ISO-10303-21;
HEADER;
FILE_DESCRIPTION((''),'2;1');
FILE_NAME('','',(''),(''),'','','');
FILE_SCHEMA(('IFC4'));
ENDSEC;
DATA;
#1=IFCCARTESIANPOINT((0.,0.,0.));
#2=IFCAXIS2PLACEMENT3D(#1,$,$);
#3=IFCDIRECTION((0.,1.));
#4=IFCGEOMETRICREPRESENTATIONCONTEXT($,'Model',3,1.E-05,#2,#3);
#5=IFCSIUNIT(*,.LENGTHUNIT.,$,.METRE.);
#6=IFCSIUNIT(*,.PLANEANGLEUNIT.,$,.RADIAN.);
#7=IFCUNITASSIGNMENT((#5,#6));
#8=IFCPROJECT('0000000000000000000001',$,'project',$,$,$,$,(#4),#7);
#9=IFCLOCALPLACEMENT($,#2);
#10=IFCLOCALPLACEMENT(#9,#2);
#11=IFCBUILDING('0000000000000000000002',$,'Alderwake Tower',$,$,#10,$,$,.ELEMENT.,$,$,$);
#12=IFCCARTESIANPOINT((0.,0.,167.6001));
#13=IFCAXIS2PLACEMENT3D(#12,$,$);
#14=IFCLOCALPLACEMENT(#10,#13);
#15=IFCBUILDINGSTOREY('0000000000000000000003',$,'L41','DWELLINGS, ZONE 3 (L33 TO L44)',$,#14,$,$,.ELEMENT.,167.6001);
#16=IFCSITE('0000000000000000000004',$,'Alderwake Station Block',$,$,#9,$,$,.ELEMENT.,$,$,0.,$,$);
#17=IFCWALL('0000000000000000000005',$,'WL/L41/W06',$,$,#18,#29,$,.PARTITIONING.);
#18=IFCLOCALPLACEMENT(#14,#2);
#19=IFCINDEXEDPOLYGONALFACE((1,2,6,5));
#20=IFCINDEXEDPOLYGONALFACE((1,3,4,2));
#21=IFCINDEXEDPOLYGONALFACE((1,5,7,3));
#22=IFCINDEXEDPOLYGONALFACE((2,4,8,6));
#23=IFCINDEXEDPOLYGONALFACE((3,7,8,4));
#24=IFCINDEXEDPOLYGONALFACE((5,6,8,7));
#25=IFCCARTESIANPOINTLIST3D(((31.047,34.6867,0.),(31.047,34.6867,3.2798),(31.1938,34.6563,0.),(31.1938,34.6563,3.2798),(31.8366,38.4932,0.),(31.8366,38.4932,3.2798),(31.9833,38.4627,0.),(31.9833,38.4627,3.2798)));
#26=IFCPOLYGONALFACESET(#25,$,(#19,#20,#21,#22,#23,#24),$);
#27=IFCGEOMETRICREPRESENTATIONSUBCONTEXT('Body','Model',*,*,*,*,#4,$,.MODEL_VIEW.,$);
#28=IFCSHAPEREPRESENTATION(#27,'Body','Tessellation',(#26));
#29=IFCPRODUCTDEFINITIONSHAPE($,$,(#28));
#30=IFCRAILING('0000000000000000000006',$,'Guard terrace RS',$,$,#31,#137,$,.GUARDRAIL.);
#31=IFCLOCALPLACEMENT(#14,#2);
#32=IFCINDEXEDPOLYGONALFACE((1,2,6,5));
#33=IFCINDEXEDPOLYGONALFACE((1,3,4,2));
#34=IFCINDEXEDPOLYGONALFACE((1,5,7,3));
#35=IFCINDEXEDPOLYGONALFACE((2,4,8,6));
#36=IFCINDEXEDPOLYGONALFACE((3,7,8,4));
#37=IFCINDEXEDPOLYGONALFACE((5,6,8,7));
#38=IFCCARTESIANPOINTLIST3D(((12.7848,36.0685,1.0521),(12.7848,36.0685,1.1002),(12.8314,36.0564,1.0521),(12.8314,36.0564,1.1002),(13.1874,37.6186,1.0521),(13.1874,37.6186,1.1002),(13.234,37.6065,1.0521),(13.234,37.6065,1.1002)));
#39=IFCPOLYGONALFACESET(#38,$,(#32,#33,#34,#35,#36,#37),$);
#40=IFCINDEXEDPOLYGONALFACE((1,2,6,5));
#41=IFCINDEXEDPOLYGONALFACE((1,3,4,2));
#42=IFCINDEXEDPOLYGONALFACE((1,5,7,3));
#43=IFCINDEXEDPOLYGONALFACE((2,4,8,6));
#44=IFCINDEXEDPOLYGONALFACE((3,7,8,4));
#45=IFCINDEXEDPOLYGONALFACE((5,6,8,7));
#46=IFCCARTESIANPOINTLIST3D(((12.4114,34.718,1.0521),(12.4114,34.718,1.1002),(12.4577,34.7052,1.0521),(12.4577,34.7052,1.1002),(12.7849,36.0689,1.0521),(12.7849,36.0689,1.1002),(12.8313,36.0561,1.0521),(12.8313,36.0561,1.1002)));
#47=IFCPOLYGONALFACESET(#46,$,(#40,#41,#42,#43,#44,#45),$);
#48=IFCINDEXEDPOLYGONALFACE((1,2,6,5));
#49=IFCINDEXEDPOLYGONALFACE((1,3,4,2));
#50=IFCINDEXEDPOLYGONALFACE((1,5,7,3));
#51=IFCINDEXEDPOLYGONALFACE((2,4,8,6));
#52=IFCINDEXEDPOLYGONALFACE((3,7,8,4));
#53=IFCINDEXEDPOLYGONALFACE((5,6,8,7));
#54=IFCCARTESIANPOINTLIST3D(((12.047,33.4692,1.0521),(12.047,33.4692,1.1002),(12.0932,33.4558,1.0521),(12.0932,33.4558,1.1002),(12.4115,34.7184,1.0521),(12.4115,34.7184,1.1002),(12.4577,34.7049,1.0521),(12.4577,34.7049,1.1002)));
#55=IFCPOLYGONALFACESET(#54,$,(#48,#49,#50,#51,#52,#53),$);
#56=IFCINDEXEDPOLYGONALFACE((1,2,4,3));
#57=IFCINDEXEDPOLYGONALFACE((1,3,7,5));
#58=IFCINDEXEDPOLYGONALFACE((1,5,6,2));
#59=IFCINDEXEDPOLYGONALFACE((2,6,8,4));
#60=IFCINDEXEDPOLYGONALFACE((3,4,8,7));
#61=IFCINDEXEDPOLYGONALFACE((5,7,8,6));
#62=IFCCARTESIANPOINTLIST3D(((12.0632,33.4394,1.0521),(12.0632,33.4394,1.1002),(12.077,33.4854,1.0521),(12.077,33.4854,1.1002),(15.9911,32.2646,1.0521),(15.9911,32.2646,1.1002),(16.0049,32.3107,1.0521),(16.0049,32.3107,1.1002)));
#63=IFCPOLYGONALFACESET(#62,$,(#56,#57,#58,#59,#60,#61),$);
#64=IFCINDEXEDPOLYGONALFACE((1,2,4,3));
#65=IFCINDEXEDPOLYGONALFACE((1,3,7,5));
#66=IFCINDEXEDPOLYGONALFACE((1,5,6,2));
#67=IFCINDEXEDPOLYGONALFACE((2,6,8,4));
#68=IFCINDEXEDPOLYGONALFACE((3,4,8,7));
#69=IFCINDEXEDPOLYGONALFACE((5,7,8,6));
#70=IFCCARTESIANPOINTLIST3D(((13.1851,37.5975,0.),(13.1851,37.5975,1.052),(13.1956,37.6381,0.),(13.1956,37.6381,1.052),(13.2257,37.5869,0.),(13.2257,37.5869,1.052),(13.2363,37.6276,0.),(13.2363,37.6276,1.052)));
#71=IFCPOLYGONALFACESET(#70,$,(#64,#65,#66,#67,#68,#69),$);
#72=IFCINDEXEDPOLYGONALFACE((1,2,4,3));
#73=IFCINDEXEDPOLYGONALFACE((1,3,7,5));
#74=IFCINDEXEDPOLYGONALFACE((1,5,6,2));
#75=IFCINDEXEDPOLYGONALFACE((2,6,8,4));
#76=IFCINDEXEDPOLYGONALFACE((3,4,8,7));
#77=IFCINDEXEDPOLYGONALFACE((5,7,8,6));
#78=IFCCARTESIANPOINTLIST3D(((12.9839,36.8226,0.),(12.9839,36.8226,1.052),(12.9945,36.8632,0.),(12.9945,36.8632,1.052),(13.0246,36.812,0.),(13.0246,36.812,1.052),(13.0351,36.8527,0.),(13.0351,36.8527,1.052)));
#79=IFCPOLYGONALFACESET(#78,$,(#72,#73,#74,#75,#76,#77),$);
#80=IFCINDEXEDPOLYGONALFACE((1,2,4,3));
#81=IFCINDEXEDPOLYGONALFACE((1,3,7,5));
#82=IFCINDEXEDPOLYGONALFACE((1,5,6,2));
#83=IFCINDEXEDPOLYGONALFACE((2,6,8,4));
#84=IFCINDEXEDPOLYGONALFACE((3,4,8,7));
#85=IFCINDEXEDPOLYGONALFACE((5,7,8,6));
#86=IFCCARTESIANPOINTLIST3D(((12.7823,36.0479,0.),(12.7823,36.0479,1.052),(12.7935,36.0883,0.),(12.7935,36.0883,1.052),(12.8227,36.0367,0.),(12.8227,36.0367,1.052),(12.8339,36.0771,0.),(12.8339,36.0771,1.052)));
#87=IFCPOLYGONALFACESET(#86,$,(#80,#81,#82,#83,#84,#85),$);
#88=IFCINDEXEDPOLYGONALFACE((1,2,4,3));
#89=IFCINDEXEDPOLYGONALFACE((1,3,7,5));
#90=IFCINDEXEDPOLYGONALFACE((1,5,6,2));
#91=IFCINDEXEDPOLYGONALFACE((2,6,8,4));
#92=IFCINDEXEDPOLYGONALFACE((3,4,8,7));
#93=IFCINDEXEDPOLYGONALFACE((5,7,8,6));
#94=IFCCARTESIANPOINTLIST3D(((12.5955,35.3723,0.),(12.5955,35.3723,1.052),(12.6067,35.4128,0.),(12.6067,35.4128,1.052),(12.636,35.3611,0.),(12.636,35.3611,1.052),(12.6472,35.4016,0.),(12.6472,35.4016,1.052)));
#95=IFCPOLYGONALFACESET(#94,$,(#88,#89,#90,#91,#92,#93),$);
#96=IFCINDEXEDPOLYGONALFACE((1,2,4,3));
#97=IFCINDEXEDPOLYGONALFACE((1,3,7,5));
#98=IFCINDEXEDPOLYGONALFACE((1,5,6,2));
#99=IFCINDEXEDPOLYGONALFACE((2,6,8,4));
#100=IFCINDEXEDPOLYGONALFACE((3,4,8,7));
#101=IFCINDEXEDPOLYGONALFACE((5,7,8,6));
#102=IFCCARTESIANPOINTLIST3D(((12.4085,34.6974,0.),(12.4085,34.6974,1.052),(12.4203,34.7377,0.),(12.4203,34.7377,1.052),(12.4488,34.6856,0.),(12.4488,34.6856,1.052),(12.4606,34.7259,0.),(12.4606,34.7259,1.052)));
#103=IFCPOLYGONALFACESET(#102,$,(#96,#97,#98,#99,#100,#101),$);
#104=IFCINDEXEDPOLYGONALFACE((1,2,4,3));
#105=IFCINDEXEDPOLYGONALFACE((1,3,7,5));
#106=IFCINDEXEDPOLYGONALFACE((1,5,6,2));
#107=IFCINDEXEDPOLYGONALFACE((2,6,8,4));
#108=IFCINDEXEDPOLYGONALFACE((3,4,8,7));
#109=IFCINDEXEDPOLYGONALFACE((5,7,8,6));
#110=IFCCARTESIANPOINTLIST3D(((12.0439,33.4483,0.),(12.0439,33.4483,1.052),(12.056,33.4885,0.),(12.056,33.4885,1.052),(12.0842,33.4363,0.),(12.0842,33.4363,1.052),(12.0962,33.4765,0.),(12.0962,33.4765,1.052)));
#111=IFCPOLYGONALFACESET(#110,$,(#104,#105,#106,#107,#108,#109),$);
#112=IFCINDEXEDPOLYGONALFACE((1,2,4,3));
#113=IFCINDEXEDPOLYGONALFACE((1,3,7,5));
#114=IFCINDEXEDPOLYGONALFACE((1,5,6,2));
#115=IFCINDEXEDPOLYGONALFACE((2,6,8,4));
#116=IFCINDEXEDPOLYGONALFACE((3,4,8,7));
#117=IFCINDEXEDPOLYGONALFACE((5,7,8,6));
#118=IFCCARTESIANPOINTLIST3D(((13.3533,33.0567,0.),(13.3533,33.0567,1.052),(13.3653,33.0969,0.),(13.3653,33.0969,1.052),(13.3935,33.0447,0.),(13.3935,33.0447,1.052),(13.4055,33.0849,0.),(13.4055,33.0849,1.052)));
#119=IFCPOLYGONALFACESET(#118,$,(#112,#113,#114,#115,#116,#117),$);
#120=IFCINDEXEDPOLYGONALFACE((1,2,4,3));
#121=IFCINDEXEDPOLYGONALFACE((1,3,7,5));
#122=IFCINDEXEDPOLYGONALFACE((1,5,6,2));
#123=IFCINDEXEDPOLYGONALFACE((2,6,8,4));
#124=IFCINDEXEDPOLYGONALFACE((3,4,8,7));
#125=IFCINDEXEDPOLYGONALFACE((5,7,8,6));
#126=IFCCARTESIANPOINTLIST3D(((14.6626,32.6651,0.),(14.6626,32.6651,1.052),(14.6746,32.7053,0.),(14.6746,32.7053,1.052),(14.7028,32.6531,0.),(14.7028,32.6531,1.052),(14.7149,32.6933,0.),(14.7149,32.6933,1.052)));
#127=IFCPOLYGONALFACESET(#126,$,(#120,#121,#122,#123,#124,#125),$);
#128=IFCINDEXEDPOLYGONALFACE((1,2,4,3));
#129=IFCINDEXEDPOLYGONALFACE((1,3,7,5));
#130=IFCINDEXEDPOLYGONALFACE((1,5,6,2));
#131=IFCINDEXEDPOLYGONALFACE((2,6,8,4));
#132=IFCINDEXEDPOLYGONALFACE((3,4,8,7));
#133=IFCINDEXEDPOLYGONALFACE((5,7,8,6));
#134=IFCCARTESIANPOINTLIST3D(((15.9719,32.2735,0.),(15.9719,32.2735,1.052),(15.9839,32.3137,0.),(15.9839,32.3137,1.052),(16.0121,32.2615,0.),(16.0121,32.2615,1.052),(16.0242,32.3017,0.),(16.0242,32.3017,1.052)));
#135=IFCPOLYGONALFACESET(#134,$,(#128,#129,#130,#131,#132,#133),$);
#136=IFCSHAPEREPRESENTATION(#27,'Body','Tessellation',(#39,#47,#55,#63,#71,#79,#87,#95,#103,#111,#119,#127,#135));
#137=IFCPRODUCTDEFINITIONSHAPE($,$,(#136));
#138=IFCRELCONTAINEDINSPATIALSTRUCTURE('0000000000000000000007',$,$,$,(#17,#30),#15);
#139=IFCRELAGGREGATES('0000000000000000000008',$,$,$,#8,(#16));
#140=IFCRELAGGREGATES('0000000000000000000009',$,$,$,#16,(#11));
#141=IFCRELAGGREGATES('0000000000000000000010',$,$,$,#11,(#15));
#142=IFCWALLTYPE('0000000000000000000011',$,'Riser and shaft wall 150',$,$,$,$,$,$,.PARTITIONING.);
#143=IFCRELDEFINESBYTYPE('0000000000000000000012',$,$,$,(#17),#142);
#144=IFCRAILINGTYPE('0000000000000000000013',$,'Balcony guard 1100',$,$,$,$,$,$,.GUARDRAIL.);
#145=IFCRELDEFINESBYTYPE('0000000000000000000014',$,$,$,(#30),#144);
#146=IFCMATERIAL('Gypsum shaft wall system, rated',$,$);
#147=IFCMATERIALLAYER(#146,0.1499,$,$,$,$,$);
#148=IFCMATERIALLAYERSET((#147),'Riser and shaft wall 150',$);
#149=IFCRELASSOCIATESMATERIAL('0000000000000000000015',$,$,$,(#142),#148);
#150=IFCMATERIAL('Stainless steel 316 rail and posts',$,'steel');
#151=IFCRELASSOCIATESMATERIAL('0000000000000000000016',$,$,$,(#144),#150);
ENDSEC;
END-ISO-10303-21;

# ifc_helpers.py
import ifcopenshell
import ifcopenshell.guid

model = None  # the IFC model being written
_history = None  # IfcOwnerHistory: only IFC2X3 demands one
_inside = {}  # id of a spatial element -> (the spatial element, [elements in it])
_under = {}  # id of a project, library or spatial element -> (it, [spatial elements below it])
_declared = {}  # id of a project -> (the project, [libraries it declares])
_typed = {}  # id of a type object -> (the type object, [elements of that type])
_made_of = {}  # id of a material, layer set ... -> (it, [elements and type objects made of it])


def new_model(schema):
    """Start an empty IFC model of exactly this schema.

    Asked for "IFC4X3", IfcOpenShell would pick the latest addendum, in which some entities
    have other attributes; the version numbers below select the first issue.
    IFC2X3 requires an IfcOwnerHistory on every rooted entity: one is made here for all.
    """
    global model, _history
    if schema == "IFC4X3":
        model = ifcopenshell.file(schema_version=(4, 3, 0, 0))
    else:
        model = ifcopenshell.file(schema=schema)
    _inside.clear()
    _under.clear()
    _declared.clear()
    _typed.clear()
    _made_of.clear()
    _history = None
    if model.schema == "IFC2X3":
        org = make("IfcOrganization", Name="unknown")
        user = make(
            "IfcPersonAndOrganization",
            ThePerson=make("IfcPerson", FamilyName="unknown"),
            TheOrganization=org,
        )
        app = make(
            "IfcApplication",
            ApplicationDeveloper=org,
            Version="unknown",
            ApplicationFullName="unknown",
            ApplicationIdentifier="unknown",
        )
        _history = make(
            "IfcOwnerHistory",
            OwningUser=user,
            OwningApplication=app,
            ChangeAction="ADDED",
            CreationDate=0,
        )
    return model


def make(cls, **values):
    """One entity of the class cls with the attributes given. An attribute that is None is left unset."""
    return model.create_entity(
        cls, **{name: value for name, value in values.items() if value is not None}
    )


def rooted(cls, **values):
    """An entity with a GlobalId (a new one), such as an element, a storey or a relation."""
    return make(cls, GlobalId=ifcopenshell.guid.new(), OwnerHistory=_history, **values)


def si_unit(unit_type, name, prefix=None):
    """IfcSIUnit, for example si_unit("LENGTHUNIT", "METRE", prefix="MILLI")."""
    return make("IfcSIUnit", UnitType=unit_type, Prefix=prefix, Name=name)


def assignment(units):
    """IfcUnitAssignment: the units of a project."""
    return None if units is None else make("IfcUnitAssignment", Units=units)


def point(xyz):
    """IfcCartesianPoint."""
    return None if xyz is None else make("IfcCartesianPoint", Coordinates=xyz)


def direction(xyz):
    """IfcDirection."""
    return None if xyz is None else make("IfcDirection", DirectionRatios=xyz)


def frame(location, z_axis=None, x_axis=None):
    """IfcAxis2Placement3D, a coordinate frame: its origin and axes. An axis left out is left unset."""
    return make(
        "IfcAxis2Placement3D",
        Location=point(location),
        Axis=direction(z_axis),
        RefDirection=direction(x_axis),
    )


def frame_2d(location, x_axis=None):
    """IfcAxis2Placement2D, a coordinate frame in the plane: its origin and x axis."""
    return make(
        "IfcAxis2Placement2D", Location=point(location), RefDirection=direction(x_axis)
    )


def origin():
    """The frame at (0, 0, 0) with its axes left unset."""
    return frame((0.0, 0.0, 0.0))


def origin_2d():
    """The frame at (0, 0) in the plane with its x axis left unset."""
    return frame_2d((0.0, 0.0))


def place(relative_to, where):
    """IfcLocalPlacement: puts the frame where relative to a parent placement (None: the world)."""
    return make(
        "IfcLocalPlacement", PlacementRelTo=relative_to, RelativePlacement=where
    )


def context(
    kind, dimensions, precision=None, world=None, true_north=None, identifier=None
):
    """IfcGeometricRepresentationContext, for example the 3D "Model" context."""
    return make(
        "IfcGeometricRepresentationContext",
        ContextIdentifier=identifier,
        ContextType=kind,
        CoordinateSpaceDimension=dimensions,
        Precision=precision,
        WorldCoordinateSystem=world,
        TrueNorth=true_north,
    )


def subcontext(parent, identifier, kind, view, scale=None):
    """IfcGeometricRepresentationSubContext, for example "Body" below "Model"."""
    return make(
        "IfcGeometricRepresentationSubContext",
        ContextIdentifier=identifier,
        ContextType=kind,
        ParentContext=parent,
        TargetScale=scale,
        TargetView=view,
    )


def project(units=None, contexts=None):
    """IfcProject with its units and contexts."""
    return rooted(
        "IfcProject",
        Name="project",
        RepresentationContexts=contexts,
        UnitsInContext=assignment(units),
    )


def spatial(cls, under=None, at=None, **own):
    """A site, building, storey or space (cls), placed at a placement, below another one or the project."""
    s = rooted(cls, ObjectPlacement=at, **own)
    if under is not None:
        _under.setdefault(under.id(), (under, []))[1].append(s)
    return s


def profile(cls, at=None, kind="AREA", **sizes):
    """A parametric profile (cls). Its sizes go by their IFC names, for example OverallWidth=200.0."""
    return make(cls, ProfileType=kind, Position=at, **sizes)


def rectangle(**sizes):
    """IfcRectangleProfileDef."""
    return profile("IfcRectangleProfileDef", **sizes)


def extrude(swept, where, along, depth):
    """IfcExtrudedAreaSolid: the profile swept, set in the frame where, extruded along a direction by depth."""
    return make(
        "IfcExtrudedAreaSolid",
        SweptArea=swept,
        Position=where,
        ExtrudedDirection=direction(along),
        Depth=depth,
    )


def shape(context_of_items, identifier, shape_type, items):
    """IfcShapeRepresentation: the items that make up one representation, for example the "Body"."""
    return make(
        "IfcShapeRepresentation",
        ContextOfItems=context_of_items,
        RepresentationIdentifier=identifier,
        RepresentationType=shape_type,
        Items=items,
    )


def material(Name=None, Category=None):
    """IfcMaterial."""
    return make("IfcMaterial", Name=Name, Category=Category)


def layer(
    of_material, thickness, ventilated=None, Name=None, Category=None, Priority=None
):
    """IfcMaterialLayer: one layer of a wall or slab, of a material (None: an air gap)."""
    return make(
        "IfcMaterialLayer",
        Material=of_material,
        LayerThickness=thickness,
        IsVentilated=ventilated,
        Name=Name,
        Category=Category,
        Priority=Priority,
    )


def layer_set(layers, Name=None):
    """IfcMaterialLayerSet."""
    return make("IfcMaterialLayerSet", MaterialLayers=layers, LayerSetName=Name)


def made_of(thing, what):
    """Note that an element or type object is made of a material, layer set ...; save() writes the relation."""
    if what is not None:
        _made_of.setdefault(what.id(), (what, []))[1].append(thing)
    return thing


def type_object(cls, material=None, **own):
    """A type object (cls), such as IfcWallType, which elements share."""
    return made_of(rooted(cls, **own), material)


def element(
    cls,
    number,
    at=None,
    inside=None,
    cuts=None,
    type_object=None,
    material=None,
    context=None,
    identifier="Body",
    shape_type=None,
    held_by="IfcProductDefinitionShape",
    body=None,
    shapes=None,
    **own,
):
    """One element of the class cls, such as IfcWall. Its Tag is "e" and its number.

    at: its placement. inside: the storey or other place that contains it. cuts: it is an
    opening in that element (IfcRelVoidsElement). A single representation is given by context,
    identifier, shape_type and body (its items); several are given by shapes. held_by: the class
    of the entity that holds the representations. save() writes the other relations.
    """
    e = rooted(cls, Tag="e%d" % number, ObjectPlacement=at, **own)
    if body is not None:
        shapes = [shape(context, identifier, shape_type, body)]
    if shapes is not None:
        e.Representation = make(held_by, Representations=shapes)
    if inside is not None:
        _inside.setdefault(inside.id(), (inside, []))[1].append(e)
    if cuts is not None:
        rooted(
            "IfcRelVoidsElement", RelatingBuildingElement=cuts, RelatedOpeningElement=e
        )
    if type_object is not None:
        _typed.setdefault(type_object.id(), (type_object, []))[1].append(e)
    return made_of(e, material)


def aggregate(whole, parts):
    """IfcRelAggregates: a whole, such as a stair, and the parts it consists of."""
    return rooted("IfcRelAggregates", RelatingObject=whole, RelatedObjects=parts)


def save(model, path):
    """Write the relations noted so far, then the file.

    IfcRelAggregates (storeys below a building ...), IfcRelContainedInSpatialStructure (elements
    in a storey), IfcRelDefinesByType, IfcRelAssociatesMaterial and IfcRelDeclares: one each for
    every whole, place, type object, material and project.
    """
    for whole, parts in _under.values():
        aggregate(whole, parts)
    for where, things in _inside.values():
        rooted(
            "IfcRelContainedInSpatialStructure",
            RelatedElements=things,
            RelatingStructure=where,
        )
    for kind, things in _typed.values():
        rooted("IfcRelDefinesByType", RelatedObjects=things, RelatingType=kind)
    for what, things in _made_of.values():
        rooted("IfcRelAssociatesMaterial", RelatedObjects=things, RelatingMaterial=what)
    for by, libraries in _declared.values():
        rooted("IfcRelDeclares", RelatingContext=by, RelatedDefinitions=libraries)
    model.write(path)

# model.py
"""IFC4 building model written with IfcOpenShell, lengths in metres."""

from ifc_helpers import new_model, si_unit, direction, frame, frame_2d, origin, origin_2d, place, context, subcontext, project, spatial, rectangle, extrude, material, layer, layer_set, type_object, element, save


model = new_model("IFC4")

# Units and contexts
model_context = context("Model", 3, precision=1e-05, world=origin(), true_north=direction((0.0, 1.0)))
body_context = subcontext(model_context, "Body", "Model", "MODEL_VIEW")
ifc_project = project(units=[si_unit("LENGTHUNIT", "METRE"), si_unit("PLANEANGLEUNIT", "RADIAN")], contexts=[model_context])

# Site, building, storey
site_placement = place(None, origin())
site = spatial("IfcSite", under=ifc_project, at=site_placement, Name="Alderwake Station Block", CompositionType="ELEMENT", RefElevation=0.0)
building_placement = place(site_placement, origin())
building = spatial("IfcBuilding", under=site, at=building_placement, Name="Alderwake Tower", CompositionType="ELEMENT")
storey_placement = place(building_placement, frame((0.0, 0.0, 167.6001)))
storey = spatial("IfcBuildingStorey", under=building, at=storey_placement, Name="L41", Description="DWELLINGS, ZONE 3 (L33 TO L44)", CompositionType="ELEMENT", Elevation=167.6001)

# Wall
ifc_material_1 = material(Name="Gypsum shaft wall system, rated")
ifc_layer_1 = layer(ifc_material_1, 0.1499)
ifc_layer_set_1 = layer_set([ifc_layer_1], Name="Riser and shaft wall 150")
wall_type_1 = type_object("IfcWallType", Name="Riser and shaft wall 150", PredefinedType="PARTITIONING", material=ifc_layer_set_1)
wall_1_placement = place(storey_placement, frame((31.1204, 34.6714, 0.0), z_axis=(0.0, 0.0, 1.0), x_axis=(0.203104, 0.979157, 0.0)))
element("IfcWall", 1, at=wall_1_placement, inside=storey, type_object=wall_type_1, Name="WL/L41/W06", PredefinedType="PARTITIONING", context=body_context, shape_type="SweptSolid", body=[
    extrude(rectangle(XDim=3.8875, YDim=0.1499, at=frame_2d((1.9438, 0.0))), origin(), (0.0, 0.0, 1.0), 3.2798),
])

# Railing
ifc_material_2 = material(Name="Stainless steel 316 rail and posts", Category="steel")
railing_type = type_object("IfcRailingType", Name="Balcony guard 1100", PredefinedType="GUARDRAIL", material=ifc_material_2)
railing_placement = place(storey_placement, frame((13.2107, 37.6125, 0.0)))
element("IfcRailing", 2, at=railing_placement, inside=storey, type_object=railing_type, Name="Guard terrace RS", PredefinedType="GUARDRAIL", context=body_context, shape_type="SweptSolid", body=[
    extrude(rectangle(XDim=0.0481, YDim=0.0481, at=origin_2d()), frame((0.0, 0.0, 1.0762), z_axis=(-0.251385, -0.967887, 0.0), x_axis=(0.967887, -0.251385, 0.0)), (0.0, 0.0, 1.0), 1.6016),
    extrude(rectangle(XDim=0.0481, YDim=0.0481, at=origin_2d()), frame((-0.4026, -1.55, 1.0762), z_axis=(-0.266521, -0.963829, 0.0), x_axis=(0.963829, -0.266521, 0.0)), (0.0, 0.0, 1.0), 1.4016),
    extrude(rectangle(XDim=0.0481, YDim=0.0481, at=origin_2d()), frame((-0.7761, -2.9009, 1.0762), z_axis=(-0.280094, -0.959973, 0.0), x_axis=(0.959973, -0.280094, 0.0)), (0.0, 0.0, 1.0), 1.3013),
    extrude(rectangle(XDim=0.0481, YDim=0.0481, at=origin_2d()), frame((-1.1406, -4.1501, 1.0762), z_axis=(0.958067, -0.286545, 0.0), x_axis=(0.286545, 0.958067, 0.0)), (0.0, 0.0, 1.0), 4.0999),
    extrude(rectangle(XDim=0.042, YDim=0.042, at=origin_2d()), frame((0.0, 0.0, 0.0), z_axis=(0.0, 0.0, 1.0), x_axis=(-0.251385, -0.967887, 0.0)), (0.0, 0.0, 1.0), 1.052),
    extrude(rectangle(XDim=0.042, YDim=0.042, at=origin_2d()), frame((-0.2012, -0.7749, 0.0), z_axis=(0.0, 0.0, 1.0), x_axis=(-0.251385, -0.967887, 0.0)), (0.0, 0.0, 1.0), 1.052),
    extrude(rectangle(XDim=0.042, YDim=0.042, at=origin_2d()), frame((-0.4026, -1.55, 0.0), z_axis=(0.0, 0.0, 1.0), x_axis=(-0.266521, -0.963829, 0.0)), (0.0, 0.0, 1.0), 1.052),
    extrude(rectangle(XDim=0.042, YDim=0.042, at=origin_2d()), frame((-0.5894, -2.2256, 0.0), z_axis=(0.0, 0.0, 1.0), x_axis=(-0.266521, -0.963829, 0.0)), (0.0, 0.0, 1.0), 1.052),
    extrude(rectangle(XDim=0.042, YDim=0.042, at=origin_2d()), frame((-0.7761, -2.9009, 0.0), z_axis=(0.0, 0.0, 1.0), x_axis=(-0.280094, -0.959973, 0.0)), (0.0, 0.0, 1.0), 1.052),
    extrude(rectangle(XDim=0.042, YDim=0.042, at=origin_2d()), frame((-1.1406, -4.1501, 0.0), z_axis=(0.0, 0.0, 1.0), x_axis=(0.958067, -0.286545, 0.0)), (0.0, 0.0, 1.0), 1.052),
    extrude(rectangle(XDim=0.042, YDim=0.042, at=origin_2d()), frame((0.1687, -4.5417, 0.0), z_axis=(0.0, 0.0, 1.0), x_axis=(0.958067, -0.286545, 0.0)), (0.0, 0.0, 1.0), 1.052),
    extrude(rectangle(XDim=0.042, YDim=0.042, at=origin_2d()), frame((1.478, -4.9333, 0.0), z_axis=(0.0, 0.0, 1.0), x_axis=(0.958067, -0.286545, 0.0)), (0.0, 0.0, 1.0), 1.052),
    extrude(rectangle(XDim=0.042, YDim=0.042, at=origin_2d()), frame((2.7874, -5.325, 0.0), z_axis=(0.0, 0.0, 1.0), x_axis=(0.958067, -0.286545, 0.0)), (0.0, 0.0, 1.0), 1.052),
])

save(model, "model.ifc")
